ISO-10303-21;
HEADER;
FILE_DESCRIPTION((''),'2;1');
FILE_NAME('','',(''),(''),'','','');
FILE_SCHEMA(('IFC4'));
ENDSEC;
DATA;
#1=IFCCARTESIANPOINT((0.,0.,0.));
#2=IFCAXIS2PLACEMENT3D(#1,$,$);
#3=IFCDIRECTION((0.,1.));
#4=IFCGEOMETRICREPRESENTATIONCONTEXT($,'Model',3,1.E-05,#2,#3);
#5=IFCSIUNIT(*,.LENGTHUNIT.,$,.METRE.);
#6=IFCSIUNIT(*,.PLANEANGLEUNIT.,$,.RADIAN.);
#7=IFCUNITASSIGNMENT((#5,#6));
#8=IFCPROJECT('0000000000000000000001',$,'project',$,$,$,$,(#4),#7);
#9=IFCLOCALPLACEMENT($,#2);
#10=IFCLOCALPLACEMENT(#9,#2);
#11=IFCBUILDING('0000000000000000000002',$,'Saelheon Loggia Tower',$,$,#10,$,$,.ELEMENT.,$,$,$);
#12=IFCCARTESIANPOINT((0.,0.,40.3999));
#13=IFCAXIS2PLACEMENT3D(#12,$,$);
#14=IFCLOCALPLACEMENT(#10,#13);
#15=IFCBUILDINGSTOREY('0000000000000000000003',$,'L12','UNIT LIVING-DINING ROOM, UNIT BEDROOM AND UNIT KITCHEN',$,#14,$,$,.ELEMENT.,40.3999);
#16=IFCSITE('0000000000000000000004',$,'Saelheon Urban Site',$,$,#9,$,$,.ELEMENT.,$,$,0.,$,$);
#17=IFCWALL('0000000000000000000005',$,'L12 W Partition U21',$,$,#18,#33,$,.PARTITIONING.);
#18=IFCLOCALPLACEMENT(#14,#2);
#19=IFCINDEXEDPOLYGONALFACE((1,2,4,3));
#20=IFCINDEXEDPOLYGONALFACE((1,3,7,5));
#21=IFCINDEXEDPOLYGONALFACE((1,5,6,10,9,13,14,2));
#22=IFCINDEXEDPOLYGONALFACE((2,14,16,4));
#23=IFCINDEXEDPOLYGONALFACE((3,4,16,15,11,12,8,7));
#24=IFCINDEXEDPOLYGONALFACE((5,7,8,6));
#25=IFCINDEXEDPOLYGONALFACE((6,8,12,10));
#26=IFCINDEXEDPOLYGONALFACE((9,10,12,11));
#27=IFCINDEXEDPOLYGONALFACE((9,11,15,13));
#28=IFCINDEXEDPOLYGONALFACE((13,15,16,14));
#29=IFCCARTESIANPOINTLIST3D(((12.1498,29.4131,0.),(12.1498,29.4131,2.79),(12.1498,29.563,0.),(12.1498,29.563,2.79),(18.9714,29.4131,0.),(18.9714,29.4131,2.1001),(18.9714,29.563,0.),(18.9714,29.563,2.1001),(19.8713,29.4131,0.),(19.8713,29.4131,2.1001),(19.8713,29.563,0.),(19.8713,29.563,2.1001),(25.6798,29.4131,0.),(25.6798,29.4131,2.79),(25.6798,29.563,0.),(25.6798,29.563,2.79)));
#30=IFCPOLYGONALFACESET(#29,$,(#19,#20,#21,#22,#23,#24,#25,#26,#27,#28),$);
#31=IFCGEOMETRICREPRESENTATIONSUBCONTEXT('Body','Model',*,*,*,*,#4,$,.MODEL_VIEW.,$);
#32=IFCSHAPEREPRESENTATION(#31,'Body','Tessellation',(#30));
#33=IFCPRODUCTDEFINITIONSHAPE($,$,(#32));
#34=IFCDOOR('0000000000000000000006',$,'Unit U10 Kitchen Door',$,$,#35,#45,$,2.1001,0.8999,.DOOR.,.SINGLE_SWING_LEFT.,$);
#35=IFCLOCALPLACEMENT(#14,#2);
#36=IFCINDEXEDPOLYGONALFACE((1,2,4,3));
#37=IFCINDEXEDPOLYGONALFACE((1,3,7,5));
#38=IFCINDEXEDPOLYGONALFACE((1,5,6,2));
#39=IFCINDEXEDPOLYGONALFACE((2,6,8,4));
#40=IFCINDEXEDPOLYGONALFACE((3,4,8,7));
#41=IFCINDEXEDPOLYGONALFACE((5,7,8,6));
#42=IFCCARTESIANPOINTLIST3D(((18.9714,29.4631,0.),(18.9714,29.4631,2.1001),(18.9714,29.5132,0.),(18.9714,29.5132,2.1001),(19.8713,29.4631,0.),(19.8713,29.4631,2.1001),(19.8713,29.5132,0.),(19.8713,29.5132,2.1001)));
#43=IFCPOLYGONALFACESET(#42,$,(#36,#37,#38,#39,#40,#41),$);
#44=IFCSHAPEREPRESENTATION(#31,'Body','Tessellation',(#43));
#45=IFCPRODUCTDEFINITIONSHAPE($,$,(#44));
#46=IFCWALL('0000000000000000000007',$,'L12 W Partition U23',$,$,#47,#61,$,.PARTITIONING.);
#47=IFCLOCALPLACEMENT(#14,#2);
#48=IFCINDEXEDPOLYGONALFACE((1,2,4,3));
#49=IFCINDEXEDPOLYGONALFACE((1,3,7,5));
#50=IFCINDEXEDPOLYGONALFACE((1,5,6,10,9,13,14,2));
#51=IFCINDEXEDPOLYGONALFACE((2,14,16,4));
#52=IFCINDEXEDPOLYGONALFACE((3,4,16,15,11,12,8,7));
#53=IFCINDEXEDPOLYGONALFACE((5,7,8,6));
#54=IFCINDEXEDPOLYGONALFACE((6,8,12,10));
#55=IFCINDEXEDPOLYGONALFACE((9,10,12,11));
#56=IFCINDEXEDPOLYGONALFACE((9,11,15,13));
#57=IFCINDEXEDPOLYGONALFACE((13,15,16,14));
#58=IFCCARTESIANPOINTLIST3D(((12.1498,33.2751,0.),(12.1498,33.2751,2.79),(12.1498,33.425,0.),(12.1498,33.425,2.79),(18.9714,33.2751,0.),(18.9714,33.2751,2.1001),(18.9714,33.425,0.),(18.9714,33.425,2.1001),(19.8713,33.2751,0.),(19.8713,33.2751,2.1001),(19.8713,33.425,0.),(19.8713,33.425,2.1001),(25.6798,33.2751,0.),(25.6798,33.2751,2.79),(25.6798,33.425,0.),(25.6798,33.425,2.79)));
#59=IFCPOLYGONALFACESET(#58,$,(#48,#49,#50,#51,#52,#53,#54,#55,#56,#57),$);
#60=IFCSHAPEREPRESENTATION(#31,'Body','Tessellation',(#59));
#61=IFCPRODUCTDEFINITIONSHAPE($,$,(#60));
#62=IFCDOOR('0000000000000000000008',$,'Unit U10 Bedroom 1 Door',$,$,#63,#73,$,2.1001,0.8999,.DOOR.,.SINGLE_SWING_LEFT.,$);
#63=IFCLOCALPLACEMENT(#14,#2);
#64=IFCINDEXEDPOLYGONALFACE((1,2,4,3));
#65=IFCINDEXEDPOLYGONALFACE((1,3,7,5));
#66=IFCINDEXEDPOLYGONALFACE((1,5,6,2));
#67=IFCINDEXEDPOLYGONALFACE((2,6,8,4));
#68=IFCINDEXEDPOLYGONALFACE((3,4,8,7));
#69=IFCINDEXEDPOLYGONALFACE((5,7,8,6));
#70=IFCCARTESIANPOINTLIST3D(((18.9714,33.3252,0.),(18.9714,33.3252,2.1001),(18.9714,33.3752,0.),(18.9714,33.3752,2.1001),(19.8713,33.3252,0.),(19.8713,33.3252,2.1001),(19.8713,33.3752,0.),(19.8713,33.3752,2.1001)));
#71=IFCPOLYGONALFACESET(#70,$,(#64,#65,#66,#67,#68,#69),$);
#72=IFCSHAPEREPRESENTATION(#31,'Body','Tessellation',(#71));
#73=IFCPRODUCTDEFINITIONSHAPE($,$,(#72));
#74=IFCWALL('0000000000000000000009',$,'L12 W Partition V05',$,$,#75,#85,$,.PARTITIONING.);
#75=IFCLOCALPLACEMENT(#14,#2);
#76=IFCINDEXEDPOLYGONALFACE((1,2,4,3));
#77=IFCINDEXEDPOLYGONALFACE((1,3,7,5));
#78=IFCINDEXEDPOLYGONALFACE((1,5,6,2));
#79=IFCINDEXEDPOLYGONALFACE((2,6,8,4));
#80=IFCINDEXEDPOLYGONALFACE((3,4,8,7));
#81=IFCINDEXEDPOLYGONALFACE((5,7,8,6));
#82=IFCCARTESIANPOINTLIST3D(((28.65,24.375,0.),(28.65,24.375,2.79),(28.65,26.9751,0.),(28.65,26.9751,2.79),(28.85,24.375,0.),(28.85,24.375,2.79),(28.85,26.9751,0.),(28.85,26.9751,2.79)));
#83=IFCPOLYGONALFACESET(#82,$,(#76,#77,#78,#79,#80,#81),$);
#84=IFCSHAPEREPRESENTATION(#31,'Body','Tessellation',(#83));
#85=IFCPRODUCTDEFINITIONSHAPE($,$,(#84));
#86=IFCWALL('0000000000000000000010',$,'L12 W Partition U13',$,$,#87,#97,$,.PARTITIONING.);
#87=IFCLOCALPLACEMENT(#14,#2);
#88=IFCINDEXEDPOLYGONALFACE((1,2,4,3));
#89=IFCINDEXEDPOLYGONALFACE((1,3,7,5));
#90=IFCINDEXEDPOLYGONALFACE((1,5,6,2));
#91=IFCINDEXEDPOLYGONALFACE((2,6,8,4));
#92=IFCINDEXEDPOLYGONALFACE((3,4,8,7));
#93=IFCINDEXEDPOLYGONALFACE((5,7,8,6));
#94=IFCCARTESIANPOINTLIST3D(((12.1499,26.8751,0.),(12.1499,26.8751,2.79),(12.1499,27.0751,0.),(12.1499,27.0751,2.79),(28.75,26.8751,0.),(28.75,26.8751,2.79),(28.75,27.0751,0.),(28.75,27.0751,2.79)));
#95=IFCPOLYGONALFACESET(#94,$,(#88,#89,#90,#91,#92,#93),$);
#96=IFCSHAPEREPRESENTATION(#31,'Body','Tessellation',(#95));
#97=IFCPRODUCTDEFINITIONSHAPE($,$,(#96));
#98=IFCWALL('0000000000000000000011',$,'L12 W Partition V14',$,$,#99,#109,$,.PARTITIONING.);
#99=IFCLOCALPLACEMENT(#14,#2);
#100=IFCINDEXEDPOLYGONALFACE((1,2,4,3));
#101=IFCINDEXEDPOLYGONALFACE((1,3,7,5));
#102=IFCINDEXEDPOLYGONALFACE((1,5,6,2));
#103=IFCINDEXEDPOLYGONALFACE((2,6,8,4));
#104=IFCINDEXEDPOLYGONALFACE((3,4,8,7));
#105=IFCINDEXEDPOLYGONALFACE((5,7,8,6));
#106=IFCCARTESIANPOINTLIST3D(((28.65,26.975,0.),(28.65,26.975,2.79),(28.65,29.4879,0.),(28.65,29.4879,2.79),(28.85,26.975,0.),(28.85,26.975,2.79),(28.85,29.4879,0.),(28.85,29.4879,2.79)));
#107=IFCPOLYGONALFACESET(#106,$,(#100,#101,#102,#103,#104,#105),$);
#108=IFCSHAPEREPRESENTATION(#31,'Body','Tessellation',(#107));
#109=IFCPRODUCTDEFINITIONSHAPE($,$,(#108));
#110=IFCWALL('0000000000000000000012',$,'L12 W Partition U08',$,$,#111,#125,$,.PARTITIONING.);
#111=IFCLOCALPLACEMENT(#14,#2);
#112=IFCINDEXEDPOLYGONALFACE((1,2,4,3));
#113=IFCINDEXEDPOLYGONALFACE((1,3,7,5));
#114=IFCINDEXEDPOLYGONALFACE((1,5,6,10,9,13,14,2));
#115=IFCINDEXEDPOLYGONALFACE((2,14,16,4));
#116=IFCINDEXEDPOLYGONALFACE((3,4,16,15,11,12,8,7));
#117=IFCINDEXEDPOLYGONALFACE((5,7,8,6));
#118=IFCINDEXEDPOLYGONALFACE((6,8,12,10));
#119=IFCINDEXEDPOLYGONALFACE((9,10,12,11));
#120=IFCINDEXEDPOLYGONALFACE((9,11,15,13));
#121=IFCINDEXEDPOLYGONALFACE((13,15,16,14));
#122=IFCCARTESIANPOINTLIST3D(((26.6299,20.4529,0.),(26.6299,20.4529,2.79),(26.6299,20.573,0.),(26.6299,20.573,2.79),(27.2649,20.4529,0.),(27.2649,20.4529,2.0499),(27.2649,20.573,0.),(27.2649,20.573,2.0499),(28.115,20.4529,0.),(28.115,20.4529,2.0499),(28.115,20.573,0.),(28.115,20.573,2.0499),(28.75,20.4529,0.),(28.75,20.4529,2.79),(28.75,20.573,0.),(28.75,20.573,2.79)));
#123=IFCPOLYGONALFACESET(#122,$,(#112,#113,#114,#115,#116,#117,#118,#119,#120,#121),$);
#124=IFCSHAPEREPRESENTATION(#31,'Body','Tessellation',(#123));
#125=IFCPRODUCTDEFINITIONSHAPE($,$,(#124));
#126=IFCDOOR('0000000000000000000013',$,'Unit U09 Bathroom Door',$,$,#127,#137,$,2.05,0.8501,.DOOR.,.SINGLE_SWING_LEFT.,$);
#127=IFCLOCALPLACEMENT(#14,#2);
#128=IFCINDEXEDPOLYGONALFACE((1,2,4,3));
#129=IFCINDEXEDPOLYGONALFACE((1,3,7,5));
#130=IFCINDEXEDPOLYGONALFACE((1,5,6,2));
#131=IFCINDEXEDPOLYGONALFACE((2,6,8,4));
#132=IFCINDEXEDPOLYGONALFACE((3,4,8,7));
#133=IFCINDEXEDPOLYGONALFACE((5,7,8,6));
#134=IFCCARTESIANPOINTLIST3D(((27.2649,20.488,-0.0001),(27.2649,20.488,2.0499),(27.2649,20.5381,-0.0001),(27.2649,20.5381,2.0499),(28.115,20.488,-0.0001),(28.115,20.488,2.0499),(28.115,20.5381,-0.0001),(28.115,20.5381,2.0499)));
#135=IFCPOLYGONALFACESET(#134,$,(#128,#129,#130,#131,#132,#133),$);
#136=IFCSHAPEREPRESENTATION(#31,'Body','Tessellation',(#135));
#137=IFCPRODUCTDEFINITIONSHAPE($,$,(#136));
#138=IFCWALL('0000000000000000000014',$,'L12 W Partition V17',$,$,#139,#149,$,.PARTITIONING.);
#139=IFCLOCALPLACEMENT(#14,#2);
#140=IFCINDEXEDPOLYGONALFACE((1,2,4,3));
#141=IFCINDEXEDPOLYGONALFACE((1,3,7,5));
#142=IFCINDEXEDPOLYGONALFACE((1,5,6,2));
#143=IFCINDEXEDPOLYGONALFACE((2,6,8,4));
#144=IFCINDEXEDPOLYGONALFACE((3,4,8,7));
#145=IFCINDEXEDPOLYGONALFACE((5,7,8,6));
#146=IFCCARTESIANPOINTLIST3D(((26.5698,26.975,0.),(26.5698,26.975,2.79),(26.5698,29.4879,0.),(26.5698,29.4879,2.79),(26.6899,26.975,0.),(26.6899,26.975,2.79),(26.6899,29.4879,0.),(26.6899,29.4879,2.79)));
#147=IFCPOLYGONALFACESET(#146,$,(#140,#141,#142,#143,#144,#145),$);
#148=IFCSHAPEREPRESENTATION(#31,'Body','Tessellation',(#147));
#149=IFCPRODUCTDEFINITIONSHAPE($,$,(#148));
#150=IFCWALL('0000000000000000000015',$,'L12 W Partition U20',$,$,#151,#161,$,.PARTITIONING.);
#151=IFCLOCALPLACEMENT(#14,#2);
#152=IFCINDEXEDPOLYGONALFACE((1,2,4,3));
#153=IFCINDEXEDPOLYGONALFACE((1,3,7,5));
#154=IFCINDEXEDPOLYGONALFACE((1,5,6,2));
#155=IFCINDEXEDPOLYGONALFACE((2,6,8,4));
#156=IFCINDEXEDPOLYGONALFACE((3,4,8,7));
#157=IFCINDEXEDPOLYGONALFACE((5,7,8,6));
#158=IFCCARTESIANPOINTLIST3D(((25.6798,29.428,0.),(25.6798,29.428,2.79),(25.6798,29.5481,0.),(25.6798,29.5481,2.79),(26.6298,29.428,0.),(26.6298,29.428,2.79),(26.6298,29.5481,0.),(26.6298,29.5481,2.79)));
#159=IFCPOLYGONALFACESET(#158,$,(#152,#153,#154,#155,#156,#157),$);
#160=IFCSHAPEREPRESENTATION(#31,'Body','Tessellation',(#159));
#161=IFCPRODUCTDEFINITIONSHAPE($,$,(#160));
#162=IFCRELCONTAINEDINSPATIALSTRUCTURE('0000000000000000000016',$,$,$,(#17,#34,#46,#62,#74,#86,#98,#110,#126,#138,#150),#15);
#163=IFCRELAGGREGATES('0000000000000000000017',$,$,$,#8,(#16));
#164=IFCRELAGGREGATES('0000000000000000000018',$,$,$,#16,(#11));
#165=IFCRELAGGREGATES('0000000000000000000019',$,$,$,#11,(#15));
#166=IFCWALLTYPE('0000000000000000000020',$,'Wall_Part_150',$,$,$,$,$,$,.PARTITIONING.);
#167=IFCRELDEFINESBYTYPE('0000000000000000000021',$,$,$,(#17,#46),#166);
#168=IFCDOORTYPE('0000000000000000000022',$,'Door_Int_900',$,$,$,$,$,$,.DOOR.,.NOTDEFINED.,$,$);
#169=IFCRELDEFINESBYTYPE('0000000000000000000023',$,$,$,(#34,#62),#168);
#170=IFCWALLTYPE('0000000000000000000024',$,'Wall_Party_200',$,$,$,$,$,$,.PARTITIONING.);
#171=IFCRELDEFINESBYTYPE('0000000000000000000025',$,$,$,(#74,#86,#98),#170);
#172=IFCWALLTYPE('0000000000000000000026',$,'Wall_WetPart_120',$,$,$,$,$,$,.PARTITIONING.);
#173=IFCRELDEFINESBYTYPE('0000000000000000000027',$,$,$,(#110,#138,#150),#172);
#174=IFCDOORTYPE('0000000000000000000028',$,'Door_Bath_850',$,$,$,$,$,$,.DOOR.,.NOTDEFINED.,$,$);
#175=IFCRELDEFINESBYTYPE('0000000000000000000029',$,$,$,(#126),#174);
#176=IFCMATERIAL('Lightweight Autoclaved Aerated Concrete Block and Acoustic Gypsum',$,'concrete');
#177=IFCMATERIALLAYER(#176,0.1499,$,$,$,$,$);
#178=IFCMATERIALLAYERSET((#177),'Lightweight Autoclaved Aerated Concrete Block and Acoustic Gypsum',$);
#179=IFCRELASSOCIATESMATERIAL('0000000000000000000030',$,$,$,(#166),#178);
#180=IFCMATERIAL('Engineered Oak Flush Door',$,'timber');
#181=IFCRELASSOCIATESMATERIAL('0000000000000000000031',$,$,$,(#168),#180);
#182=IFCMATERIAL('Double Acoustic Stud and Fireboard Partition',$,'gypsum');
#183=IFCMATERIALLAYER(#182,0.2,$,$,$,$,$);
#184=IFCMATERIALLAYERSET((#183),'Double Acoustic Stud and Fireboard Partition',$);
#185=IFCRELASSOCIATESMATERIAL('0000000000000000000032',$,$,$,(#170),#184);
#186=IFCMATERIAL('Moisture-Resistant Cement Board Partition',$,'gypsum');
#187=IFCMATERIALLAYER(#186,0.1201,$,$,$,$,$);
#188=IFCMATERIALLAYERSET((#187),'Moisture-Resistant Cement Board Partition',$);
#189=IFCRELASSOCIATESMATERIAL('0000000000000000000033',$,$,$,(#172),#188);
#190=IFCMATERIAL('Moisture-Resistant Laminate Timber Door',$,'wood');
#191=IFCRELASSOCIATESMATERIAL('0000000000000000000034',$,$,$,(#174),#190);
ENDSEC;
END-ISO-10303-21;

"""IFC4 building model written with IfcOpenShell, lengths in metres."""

from ifc_helpers import new_model, si_unit, direction, frame, frame_2d, origin, place, context, subcontext, project, spatial, rectangle, extrude, source, transform, mapped, material, layer, layer_set, type_object, element, fill, save


model = new_model("IFC4")

# Units and contexts
model_context = context("Model", 3, precision=1e-05, world=origin(), true_north=direction((0.0, 1.0)))
body_context = subcontext(model_context, "Body", "Model", "MODEL_VIEW")
ifc_project = project(units=[si_unit("LENGTHUNIT", "METRE"), si_unit("PLANEANGLEUNIT", "RADIAN")], contexts=[model_context])

# Site, building, storey
site_placement = place(None, origin())
site = spatial("IfcSite", under=ifc_project, at=site_placement, Name="Saelheon Urban Site", CompositionType="ELEMENT", RefElevation=0.0)
building_placement = place(site_placement, origin())
building = spatial("IfcBuilding", under=site, at=building_placement, Name="Saelheon Loggia Tower", CompositionType="ELEMENT")
storey_placement = place(building_placement, frame((0.0, 0.0, 40.3999)))
storey = spatial("IfcBuildingStorey", under=building, at=storey_placement, Name="L12", Description="UNIT LIVING-DINING ROOM, UNIT BEDROOM AND UNIT KITCHEN", CompositionType="ELEMENT", Elevation=40.3999)

# Shared definitions
ifc_material_1 = material(Name="Lightweight Autoclaved Aerated Concrete Block and Acoustic Gypsum", Category="concrete")
ifc_layer_1 = layer(ifc_material_1, 0.1499)
ifc_layer_set_1 = layer_set([ifc_layer_1], Name="Lightweight Autoclaved Aerated Concrete Block and Acoustic Gypsum")
wall_type_1 = type_object("IfcWallType", Name="Wall_Part_150", PredefinedType="PARTITIONING", material=ifc_layer_set_1)

# Shared definitions
ifc_material_2 = material(Name="Engineered Oak Flush Door", Category="timber")
door_type_1 = type_object("IfcDoorType", Name="Door_Int_900", OperationType="NOTDEFINED", PredefinedType="DOOR", material=ifc_material_2)
shared_shape_1 = source(origin(), body_context, "Body", "SweptSolid", [
    extrude(rectangle(XDim=0.8999, YDim=2.1001, at=frame_2d((0.45, 1.05))), frame((0.0, 0.0249, 0.0), z_axis=(0.0, -1.0, 0.0), x_axis=(1.0, 0.0, 0.0)), (0.0, 0.0, 1.0), 0.05),
])

# Walls, openings, doors
wall_1_placement = place(storey_placement, frame((25.6799, 29.488, 0.0), z_axis=(0.0, 0.0, 1.0), x_axis=(-1.0, 0.0, 0.0)))
wall_1 = element("IfcWall", 1, at=wall_1_placement, inside=storey, type_object=wall_type_1, Name="L12 W Partition U21", PredefinedType="PARTITIONING", context=body_context, shape_type="SweptSolid", body=[
    extrude(rectangle(XDim=13.53, YDim=0.1499, at=frame_2d((6.7651, 0.0))), origin(), (0.0, 0.0, 1.0), 2.79),
])
opening_1_placement = place(wall_1_placement, frame((5.8086, 0.0, 0.0)))
opening_1 = element("IfcOpeningElement", 2, at=opening_1_placement, cuts=wall_1, PredefinedType="OPENING", context=body_context, shape_type="SweptSolid", body=[
    extrude(rectangle(XDim=0.8999, YDim=2.1001, at=frame_2d((0.45, 1.05))), frame((0.0, 0.0869, 0.0), z_axis=(0.0, -1.0, 0.0), x_axis=(1.0, 0.0, 0.0)), (0.0, 0.0, 1.0), 0.1738),
])
door_1_placement = place(opening_1_placement, origin())
door_1 = element("IfcDoor", 3, at=door_1_placement, inside=storey, type_object=door_type_1, Name="Unit U10 Kitchen Door", OperationType="SINGLE_SWING_LEFT", OverallHeight=2.1001, OverallWidth=0.8999, PredefinedType="DOOR", context=body_context, shape_type="MappedRepresentation", body=[
    mapped(shared_shape_1, transform((0.0, 0.0, 0.0), scale=1.0)),
])
fill(opening_1, door_1)
wall_2_placement = place(storey_placement, frame((25.6799, 33.3501, 0.0), z_axis=(0.0, 0.0, 1.0), x_axis=(-1.0, 0.0, 0.0)))
wall_2 = element("IfcWall", 4, at=wall_2_placement, inside=storey, type_object=wall_type_1, Name="L12 W Partition U23", PredefinedType="PARTITIONING", context=body_context, shape_type="SweptSolid", body=[
    extrude(rectangle(XDim=13.53, YDim=0.1499, at=frame_2d((6.7651, 0.0))), origin(), (0.0, 0.0, 1.0), 2.79),
])
opening_2_placement = place(wall_2_placement, frame((5.8086, 0.0, 0.0)))
opening_2 = element("IfcOpeningElement", 5, at=opening_2_placement, cuts=wall_2, PredefinedType="OPENING", context=body_context, shape_type="SweptSolid", body=[
    extrude(rectangle(XDim=0.8999, YDim=2.1001, at=frame_2d((0.45, 1.05))), frame((0.0, 0.0869, 0.0), z_axis=(0.0, -1.0, 0.0), x_axis=(1.0, 0.0, 0.0)), (0.0, 0.0, 1.0), 0.1738),
])
door_2_placement = place(opening_2_placement, origin())
door_2 = element("IfcDoor", 6, at=door_2_placement, inside=storey, type_object=door_type_1, Name="Unit U10 Bedroom 1 Door", OperationType="SINGLE_SWING_LEFT", OverallHeight=2.1001, OverallWidth=0.8999, PredefinedType="DOOR", context=body_context, shape_type="MappedRepresentation", body=[
    mapped(shared_shape_1, transform((0.0, 0.0, 0.0), scale=1.0)),
])
fill(opening_2, door_2)
ifc_material_3 = material(Name="Double Acoustic Stud and Fireboard Partition", Category="gypsum")
ifc_layer_2 = layer(ifc_material_3, 0.2)
ifc_layer_set_2 = layer_set([ifc_layer_2], Name="Double Acoustic Stud and Fireboard Partition")
wall_type_2 = type_object("IfcWallType", Name="Wall_Party_200", PredefinedType="PARTITIONING", material=ifc_layer_set_2)

# Walls
wall_3_placement = place(storey_placement, frame((28.75, 24.375, 0.0), z_axis=(0.0, 0.0, 1.0), x_axis=(0.0, 1.0, 0.0)))
element("IfcWall", 7, at=wall_3_placement, inside=storey, type_object=wall_type_2, Name="L12 W Partition V05", PredefinedType="PARTITIONING", context=body_context, shape_type="SweptSolid", body=[
    extrude(rectangle(XDim=2.6001, YDim=0.2, at=frame_2d((1.3, 0.0))), origin(), (0.0, 0.0, 1.0), 2.79),
])
wall_4_placement = place(storey_placement, frame((28.75, 26.9751, 0.0), z_axis=(0.0, 0.0, 1.0), x_axis=(-1.0, 0.0, 0.0)))
element("IfcWall", 8, at=wall_4_placement, inside=storey, type_object=wall_type_2, Name="L12 W Partition U13", PredefinedType="PARTITIONING", context=body_context, shape_type="SweptSolid", body=[
    extrude(rectangle(XDim=16.6001, YDim=0.2, at=frame_2d((8.3, 0.0))), origin(), (0.0, 0.0, 1.0), 2.79),
])
wall_5_placement = place(storey_placement, frame((28.75, 26.9751, 0.0), z_axis=(0.0, 0.0, 1.0), x_axis=(0.0, 1.0, 0.0)))
element("IfcWall", 9, at=wall_5_placement, inside=storey, type_object=wall_type_2, Name="L12 W Partition V14", PredefinedType="PARTITIONING", context=body_context, shape_type="SweptSolid", body=[
    extrude(rectangle(XDim=2.5129, YDim=0.2, at=frame_2d((1.2563, 0.0))), origin(), (0.0, 0.0, 1.0), 2.79),
])

# Wall, opening, door
ifc_material_4 = material(Name="Moisture-Resistant Cement Board Partition", Category="gypsum")
ifc_layer_3 = layer(ifc_material_4, 0.1201)
ifc_layer_set_3 = layer_set([ifc_layer_3], Name="Moisture-Resistant Cement Board Partition")
wall_type_3 = type_object("IfcWallType", Name="Wall_WetPart_120", PredefinedType="PARTITIONING", material=ifc_layer_set_3)
wall_6_placement = place(storey_placement, frame((28.75, 20.5129, 0.0), z_axis=(0.0, 0.0, 1.0), x_axis=(-1.0, 0.0, 0.0)))
wall_6 = element("IfcWall", 10, at=wall_6_placement, inside=storey, type_object=wall_type_3, Name="L12 W Partition U08", PredefinedType="PARTITIONING", context=body_context, shape_type="SweptSolid", body=[
    extrude(rectangle(XDim=2.1201, YDim=0.1201, at=frame_2d((1.0601, 0.0))), origin(), (0.0, 0.0, 1.0), 2.79),
])
opening_3_placement = place(wall_6_placement, frame((0.635, 0.0, 0.0)))
opening_3 = element("IfcOpeningElement", 11, at=opening_3_placement, cuts=wall_6, PredefinedType="OPENING", context=body_context, shape_type="SweptSolid", body=[
    extrude(rectangle(XDim=0.8501, YDim=2.05, at=frame_2d((0.425, 1.0249))), frame((0.0, 0.072, 0.0), z_axis=(0.0, -1.0, 0.0), x_axis=(1.0, 0.0, 0.0)), (0.0, 0.0, 1.0), 0.144),
])
ifc_material_5 = material(Name="Moisture-Resistant Laminate Timber Door", Category="wood")
door_type_2 = type_object("IfcDoorType", Name="Door_Bath_850", OperationType="NOTDEFINED", PredefinedType="DOOR", material=ifc_material_5)
shared_shape_2 = source(origin(), body_context, "Body", "SweptSolid", [
    extrude(rectangle(XDim=0.8501, YDim=2.05, at=frame_2d((0.425, 1.0249))), frame((0.0, 0.0249, 0.0), z_axis=(0.0, -1.0, 0.0), x_axis=(1.0, 0.0, 0.0)), (0.0, 0.0, 1.0), 0.05),
])
door_3_placement = place(opening_3_placement, origin())
door_3 = element("IfcDoor", 12, at=door_3_placement, inside=storey, type_object=door_type_2, Name="Unit U09 Bathroom Door", OperationType="SINGLE_SWING_LEFT", OverallHeight=2.05, OverallWidth=0.8501, PredefinedType="DOOR", context=body_context, shape_type="MappedRepresentation", body=[
    mapped(shared_shape_2, transform((0.0, 0.0, 0.0), scale=1.0)),
])
fill(opening_3, door_3)

# Walls
wall_7_placement = place(storey_placement, frame((26.6299, 26.9751, 0.0), z_axis=(0.0, 0.0, 1.0), x_axis=(0.0, 1.0, 0.0)))
element("IfcWall", 13, at=wall_7_placement, inside=storey, type_object=wall_type_3, Name="L12 W Partition V17", PredefinedType="PARTITIONING", context=body_context, shape_type="SweptSolid", body=[
    extrude(rectangle(XDim=2.5129, YDim=0.1201, at=frame_2d((1.2563, 0.0))), origin(), (0.0, 0.0, 1.0), 2.79),
])
wall_8_placement = place(storey_placement, frame((26.6299, 29.488, 0.0), z_axis=(0.0, 0.0, 1.0), x_axis=(-1.0, 0.0, 0.0)))
element("IfcWall", 14, at=wall_8_placement, inside=storey, type_object=wall_type_3, Name="L12 W Partition U20", PredefinedType="PARTITIONING", context=body_context, shape_type="SweptSolid", body=[
    extrude(rectangle(XDim=0.95, YDim=0.1201, at=frame_2d((0.4751, 0.0))), origin(), (0.0, 0.0, 1.0), 2.79),
])

save(model, "model.ifc")
